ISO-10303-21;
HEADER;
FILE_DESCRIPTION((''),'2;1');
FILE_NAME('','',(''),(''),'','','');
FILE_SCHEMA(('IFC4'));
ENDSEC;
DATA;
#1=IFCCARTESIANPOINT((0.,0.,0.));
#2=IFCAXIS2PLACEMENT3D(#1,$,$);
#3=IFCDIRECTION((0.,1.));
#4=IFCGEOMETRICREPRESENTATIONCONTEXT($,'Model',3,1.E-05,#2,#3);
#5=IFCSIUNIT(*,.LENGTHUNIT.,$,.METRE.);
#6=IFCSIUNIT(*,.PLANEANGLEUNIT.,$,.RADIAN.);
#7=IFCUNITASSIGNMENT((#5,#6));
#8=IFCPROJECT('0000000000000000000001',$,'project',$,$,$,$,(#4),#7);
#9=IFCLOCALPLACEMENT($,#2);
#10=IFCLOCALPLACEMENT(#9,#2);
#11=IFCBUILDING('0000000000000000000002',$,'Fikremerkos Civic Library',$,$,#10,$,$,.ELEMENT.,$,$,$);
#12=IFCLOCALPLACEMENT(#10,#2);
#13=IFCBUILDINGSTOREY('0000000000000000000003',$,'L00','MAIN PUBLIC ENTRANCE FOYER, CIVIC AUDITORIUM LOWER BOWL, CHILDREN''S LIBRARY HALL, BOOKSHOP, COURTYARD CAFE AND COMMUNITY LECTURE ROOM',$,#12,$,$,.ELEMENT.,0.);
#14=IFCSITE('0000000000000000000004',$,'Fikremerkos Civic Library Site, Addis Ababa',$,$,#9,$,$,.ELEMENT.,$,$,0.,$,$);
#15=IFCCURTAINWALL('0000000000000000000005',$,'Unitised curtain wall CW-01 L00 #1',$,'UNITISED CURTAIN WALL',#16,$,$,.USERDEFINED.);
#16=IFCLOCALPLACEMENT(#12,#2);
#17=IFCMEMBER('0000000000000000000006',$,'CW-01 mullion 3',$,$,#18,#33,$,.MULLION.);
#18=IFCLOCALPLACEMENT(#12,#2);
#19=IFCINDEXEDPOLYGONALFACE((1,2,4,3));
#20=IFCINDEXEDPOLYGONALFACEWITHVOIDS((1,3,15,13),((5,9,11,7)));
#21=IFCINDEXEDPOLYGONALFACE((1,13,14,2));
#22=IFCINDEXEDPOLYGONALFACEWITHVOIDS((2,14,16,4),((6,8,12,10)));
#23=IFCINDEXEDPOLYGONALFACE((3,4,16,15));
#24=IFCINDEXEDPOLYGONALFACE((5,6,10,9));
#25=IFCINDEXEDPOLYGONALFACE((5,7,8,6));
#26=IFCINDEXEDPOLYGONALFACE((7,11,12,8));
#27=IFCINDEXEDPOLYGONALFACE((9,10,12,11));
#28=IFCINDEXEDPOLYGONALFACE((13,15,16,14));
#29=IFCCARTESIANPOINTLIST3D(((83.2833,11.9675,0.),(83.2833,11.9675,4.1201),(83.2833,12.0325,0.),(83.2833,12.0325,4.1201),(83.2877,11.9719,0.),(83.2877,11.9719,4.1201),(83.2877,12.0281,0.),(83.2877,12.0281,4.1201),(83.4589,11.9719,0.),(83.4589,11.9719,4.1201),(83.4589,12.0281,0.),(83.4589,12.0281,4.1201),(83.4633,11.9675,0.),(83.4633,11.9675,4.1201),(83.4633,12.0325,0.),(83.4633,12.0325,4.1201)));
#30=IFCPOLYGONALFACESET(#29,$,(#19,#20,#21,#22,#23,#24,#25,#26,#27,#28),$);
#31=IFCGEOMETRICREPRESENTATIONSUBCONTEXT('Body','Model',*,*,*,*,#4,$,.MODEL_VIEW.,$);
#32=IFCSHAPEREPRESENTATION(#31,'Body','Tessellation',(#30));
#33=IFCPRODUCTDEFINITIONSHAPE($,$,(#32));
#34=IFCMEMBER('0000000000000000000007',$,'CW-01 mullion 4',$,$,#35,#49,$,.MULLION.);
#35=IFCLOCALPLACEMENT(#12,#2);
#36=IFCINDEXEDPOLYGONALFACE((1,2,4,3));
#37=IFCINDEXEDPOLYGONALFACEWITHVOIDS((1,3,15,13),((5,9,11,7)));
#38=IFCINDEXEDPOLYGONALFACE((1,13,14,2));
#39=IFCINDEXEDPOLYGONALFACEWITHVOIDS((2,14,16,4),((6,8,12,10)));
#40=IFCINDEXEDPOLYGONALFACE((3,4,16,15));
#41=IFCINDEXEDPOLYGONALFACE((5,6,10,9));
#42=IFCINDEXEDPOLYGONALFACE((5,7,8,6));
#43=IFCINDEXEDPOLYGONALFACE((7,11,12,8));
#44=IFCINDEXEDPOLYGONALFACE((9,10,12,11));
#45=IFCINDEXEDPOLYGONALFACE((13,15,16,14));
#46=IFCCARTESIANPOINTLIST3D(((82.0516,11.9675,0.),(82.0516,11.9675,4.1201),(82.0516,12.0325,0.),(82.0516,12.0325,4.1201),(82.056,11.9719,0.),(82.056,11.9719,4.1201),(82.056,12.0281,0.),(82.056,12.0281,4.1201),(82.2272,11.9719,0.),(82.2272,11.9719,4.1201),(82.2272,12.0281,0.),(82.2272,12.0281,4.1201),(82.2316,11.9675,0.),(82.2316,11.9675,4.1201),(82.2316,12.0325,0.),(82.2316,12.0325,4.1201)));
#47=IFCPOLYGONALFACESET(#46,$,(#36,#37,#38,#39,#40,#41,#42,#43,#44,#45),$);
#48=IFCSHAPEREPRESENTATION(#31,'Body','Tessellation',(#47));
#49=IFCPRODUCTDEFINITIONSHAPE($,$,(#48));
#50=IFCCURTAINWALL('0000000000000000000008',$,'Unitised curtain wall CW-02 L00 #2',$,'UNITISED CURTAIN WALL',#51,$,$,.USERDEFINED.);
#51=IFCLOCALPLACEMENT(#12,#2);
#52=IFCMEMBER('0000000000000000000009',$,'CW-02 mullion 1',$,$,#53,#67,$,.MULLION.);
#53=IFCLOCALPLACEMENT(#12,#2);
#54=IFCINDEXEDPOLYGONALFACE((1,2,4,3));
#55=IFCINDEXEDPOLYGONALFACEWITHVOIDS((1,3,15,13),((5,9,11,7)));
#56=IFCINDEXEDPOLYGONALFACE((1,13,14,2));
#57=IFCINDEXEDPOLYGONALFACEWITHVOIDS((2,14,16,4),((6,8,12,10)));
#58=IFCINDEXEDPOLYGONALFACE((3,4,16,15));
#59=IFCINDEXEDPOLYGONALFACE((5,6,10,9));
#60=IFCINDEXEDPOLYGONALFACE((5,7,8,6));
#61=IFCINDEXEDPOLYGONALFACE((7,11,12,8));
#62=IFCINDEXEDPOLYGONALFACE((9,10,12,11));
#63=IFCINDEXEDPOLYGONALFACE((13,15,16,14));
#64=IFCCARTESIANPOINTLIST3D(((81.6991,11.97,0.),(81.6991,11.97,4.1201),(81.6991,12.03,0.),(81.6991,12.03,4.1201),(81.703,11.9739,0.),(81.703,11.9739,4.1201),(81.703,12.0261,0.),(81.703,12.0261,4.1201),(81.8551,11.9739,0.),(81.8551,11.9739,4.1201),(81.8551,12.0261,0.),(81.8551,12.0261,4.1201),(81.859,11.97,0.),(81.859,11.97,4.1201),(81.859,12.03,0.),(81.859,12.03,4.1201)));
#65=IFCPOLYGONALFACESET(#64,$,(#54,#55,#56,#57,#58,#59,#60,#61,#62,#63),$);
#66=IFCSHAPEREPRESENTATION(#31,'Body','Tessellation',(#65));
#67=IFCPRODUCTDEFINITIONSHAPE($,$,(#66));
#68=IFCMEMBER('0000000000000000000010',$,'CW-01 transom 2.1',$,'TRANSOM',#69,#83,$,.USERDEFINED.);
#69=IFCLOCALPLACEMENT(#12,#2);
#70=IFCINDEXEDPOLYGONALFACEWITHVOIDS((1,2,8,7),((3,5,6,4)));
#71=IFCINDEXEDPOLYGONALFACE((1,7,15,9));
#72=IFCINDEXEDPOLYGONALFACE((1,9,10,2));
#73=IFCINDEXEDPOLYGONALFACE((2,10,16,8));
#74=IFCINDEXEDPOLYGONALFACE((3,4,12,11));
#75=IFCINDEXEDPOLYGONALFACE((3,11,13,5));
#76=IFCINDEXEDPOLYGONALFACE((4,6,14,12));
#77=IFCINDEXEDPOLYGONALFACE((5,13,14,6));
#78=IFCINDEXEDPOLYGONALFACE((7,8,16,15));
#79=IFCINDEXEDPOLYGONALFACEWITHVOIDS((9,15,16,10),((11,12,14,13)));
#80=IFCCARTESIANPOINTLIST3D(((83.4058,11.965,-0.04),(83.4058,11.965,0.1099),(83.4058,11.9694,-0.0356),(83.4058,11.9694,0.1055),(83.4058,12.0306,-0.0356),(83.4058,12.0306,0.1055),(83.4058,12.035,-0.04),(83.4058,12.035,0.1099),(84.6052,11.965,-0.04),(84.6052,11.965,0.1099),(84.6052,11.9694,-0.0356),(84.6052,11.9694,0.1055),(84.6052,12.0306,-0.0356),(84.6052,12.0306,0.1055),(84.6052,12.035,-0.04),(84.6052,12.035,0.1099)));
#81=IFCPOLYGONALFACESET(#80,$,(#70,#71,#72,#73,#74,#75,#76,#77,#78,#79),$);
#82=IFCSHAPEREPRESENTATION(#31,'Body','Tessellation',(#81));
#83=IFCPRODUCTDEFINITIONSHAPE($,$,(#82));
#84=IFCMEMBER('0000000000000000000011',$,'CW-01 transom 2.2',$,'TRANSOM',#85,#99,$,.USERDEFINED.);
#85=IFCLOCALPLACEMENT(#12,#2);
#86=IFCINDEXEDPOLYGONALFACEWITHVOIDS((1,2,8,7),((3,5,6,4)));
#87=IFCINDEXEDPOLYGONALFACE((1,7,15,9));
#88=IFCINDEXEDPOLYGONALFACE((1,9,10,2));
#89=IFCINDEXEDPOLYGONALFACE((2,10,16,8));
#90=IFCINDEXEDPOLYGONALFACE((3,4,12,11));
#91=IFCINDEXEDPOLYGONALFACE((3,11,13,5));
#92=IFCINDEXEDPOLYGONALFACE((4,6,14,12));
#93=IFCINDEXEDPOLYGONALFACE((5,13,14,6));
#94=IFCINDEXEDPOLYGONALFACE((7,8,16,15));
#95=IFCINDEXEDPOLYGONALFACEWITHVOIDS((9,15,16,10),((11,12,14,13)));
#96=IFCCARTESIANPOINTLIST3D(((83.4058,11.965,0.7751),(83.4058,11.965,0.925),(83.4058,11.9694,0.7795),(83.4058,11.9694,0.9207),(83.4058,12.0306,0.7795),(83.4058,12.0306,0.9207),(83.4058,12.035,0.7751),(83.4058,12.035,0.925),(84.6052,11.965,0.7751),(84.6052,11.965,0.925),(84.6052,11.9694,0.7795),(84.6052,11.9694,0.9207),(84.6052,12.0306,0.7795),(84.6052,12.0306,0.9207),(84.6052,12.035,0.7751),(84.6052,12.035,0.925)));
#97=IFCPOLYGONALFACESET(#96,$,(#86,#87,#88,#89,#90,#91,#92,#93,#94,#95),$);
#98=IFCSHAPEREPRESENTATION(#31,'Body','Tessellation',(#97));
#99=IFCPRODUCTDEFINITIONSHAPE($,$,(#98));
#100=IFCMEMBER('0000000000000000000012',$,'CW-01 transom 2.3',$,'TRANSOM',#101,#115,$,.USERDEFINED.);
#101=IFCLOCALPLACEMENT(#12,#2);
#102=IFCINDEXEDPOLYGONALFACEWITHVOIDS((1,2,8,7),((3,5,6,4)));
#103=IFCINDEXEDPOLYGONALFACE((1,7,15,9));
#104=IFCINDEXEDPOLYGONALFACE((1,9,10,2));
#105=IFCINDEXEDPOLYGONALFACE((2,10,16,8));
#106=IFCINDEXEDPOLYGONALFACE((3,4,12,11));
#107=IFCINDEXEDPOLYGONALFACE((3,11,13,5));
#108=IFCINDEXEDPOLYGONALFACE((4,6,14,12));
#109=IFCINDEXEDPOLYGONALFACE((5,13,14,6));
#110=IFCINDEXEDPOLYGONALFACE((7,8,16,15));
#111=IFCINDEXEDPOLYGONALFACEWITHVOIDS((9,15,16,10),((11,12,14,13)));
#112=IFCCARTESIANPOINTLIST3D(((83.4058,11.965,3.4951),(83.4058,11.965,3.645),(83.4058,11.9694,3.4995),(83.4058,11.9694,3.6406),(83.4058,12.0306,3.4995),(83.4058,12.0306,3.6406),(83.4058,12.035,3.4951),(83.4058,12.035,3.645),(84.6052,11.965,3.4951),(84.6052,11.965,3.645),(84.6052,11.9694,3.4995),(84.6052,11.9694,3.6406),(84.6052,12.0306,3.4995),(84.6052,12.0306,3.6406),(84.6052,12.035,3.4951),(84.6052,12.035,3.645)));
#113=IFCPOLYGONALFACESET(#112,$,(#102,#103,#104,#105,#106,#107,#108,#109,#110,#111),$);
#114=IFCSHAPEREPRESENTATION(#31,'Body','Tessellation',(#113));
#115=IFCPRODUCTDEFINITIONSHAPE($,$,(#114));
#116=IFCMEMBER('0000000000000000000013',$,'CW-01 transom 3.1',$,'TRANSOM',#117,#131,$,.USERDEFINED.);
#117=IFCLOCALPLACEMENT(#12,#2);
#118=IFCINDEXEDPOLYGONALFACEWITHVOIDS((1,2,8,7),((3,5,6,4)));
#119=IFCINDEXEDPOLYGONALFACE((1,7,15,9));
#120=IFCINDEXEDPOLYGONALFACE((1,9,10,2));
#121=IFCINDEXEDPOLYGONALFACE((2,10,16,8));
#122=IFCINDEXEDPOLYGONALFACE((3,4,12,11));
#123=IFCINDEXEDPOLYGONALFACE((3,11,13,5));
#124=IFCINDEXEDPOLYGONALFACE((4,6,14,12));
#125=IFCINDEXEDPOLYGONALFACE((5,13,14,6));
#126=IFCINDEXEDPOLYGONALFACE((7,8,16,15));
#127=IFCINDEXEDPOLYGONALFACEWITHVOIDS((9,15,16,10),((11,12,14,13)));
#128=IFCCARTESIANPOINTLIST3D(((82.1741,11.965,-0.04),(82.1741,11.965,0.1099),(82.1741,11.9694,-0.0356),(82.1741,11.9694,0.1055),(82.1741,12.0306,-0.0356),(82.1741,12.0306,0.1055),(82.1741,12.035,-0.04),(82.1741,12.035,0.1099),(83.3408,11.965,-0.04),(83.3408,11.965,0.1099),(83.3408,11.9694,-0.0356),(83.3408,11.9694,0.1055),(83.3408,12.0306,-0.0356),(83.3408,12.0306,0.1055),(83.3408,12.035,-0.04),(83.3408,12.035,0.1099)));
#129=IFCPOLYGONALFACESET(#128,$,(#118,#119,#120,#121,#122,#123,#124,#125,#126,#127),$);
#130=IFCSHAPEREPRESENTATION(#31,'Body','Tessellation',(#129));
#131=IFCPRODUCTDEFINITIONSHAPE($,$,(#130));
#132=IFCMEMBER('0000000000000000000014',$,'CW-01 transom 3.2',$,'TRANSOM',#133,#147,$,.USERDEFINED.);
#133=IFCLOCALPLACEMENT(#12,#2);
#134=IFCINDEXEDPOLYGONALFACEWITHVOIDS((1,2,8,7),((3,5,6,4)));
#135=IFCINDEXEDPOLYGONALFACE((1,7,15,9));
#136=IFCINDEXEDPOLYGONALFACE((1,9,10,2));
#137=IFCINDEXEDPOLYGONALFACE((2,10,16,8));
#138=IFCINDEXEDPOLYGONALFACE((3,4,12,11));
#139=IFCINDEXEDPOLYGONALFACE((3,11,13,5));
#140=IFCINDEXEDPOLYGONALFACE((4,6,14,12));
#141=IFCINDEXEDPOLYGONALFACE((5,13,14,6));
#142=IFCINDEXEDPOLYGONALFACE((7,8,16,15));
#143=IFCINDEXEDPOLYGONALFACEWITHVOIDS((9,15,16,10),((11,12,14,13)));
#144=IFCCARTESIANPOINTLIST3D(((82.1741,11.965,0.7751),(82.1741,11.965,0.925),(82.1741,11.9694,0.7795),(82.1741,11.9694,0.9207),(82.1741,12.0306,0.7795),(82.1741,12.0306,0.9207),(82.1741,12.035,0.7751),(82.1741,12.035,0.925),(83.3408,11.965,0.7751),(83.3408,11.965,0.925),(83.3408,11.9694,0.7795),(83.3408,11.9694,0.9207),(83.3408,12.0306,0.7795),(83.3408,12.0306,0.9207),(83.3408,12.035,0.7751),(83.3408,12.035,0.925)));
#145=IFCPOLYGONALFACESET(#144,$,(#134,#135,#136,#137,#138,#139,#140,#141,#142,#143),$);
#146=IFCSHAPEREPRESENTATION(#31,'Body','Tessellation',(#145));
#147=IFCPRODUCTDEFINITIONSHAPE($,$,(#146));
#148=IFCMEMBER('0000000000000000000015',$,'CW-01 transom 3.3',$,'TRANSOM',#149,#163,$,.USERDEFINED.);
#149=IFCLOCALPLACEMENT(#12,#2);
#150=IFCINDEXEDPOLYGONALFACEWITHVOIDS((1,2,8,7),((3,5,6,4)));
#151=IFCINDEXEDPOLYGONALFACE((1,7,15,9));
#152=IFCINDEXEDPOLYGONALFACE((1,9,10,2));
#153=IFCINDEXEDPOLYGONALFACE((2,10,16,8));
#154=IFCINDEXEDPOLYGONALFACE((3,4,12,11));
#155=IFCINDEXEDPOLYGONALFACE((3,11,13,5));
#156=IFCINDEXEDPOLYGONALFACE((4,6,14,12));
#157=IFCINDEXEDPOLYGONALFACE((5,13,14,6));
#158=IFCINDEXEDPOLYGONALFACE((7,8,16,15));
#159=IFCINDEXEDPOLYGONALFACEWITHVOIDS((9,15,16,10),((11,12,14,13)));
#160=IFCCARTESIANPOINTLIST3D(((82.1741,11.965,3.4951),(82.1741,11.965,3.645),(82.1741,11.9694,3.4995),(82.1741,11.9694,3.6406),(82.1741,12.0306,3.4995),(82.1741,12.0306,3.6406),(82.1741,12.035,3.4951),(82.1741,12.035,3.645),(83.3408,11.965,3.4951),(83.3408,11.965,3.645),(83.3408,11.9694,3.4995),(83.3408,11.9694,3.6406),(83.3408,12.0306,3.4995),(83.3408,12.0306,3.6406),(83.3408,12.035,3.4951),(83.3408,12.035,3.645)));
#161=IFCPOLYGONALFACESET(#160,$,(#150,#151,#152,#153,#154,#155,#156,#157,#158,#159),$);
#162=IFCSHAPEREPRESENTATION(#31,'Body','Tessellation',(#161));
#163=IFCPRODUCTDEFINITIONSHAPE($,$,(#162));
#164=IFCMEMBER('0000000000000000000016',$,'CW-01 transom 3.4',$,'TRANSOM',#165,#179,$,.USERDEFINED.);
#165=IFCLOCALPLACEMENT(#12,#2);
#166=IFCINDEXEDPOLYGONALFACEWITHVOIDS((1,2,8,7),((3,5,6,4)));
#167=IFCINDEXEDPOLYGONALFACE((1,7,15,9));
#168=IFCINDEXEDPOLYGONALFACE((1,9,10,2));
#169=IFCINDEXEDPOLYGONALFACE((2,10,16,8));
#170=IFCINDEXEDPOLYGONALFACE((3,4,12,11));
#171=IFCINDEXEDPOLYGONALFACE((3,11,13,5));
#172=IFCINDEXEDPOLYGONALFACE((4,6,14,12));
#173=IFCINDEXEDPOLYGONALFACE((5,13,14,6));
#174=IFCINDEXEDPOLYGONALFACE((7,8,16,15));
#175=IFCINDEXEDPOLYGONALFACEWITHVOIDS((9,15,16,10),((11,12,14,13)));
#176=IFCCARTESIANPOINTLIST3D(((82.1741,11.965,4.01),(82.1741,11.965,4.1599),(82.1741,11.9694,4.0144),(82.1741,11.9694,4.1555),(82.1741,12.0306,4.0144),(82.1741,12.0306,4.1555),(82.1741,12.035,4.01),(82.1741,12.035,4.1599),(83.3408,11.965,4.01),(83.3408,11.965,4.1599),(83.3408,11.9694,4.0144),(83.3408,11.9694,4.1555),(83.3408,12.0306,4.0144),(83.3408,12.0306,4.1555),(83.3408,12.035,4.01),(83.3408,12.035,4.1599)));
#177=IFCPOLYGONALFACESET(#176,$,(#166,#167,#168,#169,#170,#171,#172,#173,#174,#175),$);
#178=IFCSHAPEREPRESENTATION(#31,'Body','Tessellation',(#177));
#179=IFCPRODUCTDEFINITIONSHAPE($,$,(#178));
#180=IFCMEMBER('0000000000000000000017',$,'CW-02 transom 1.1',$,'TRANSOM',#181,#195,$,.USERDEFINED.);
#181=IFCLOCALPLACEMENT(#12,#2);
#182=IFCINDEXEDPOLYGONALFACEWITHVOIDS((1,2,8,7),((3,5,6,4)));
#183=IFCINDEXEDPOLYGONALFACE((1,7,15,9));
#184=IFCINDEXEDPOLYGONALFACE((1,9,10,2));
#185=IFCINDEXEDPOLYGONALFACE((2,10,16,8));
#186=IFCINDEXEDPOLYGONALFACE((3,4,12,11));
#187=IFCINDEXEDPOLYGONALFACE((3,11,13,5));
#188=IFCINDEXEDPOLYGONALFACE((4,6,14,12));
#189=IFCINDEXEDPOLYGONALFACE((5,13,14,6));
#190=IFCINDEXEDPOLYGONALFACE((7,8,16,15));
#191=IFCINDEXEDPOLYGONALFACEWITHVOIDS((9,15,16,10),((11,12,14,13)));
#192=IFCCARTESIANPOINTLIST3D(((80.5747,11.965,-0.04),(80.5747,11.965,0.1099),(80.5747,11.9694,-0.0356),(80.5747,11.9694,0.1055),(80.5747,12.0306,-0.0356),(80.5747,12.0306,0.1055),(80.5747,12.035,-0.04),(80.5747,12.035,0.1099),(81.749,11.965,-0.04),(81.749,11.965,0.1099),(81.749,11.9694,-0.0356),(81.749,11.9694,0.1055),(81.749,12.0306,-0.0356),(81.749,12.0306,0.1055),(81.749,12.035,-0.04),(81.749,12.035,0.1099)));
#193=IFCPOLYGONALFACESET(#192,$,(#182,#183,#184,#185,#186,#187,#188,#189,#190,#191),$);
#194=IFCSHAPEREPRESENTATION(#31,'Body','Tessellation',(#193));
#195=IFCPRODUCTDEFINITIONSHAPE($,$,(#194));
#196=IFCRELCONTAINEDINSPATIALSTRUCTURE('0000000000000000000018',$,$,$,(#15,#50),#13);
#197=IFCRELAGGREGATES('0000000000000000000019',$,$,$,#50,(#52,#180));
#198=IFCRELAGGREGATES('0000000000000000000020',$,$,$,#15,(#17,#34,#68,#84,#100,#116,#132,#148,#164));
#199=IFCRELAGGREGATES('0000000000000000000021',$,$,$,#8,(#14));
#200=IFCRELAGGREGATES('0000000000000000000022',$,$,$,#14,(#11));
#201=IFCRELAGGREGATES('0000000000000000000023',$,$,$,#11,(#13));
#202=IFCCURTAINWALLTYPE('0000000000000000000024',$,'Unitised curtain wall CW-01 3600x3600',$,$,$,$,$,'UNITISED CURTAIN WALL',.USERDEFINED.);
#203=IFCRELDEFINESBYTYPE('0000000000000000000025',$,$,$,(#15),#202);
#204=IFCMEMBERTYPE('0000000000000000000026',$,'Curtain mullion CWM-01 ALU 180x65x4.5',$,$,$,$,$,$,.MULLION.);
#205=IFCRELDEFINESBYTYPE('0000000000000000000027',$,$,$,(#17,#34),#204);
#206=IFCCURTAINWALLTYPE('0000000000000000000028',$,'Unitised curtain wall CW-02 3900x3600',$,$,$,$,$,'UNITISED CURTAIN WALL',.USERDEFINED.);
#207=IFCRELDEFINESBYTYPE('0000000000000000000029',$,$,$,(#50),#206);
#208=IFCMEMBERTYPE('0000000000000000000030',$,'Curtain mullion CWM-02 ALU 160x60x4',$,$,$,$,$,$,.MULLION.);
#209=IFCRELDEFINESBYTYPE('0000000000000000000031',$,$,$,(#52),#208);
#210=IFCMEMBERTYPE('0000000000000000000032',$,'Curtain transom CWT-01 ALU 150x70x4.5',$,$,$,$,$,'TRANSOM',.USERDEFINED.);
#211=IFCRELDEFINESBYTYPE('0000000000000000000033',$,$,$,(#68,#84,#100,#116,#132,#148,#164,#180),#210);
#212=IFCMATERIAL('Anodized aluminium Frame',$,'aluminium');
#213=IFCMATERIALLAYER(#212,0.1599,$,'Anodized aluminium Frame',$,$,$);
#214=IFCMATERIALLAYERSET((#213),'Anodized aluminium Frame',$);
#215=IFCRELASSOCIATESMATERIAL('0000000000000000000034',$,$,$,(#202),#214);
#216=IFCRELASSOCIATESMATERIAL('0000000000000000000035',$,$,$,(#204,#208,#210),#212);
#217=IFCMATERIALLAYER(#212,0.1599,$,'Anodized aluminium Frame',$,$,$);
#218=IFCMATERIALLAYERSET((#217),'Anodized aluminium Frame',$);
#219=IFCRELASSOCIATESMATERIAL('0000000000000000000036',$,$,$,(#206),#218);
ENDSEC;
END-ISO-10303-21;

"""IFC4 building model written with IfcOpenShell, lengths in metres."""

from ifc_helpers import new_model, si_unit, direction, frame, origin, origin_2d, place, context, subcontext, project, spatial, hollow_rectangle, extrude, material, layer, layer_set, material_profile, profile_set, type_object, element, aggregate, save


model = new_model("IFC4")

# Units and contexts
model_context = context("Model", 3, precision=1e-05, world=origin(), true_north=direction((0.0, 1.0)))
body_context = subcontext(model_context, "Body", "Model", "MODEL_VIEW")
ifc_project = project(units=[si_unit("LENGTHUNIT", "METRE"), si_unit("PLANEANGLEUNIT", "RADIAN")], contexts=[model_context])

# Site, building, storey
site_placement = place(None, origin())
site = spatial("IfcSite", under=ifc_project, at=site_placement, Name="Fikremerkos Civic Library Site, Addis Ababa", CompositionType="ELEMENT", RefElevation=0.0)
building_placement = place(site_placement, origin())
building = spatial("IfcBuilding", under=site, at=building_placement, Name="Fikremerkos Civic Library", CompositionType="ELEMENT")
storey_placement = place(building_placement, origin())
storey = spatial("IfcBuildingStorey", under=building, at=storey_placement, Name="L00", Description="MAIN PUBLIC ENTRANCE FOYER, CIVIC AUDITORIUM LOWER BOWL, CHILDREN'S LIBRARY HALL, BOOKSHOP, COURTYARD CAFE AND COMMUNITY LECTURE ROOM", CompositionType="ELEMENT", Elevation=0.0)

# Curtain wall, members
ifc_material_1 = material(Name="Anodized aluminium Frame", Category="aluminium")
ifc_layer_1 = layer(ifc_material_1, 0.1599, Name="Anodized aluminium Frame")
ifc_layer_set_1 = layer_set([ifc_layer_1], Name="Anodized aluminium Frame")
curtain_wall_type_1 = type_object("IfcCurtainWallType", Name="Unitised curtain wall CW-01 3600x3600", ElementType="UNITISED CURTAIN WALL", PredefinedType="USERDEFINED", material=ifc_layer_set_1)
curtain_wall_1_placement = place(storey_placement, origin())
curtain_wall_1 = element("IfcCurtainWall", 1, at=curtain_wall_1_placement, inside=storey, type_object=curtain_wall_type_1, Name="Unitised curtain wall CW-01 L00 #1", ObjectType="UNITISED CURTAIN WALL", PredefinedType="USERDEFINED")
ifc_material_profile_1 = material_profile(ifc_material_1, hollow_rectangle(XDim=0.0649, YDim=0.1799, WallThickness=0.0044, at=origin_2d()), Name="ALU 180x65x4.5")
ifc_profile_set_1 = profile_set([ifc_material_profile_1], Name="Anodized aluminium Frame")
member_type_1 = type_object("IfcMemberType", Name="Curtain mullion CWM-01 ALU 180x65x4.5", PredefinedType="MULLION", material=ifc_profile_set_1)
member_1_placement = place(storey_placement, frame((83.3733, 12.0, 0.0), z_axis=(0.0, 0.0, 1.0), x_axis=(0.0, -1.0, 0.0)))
member_1 = element("IfcMember", 2, at=member_1_placement, type_object=member_type_1, Name="CW-01 mullion 3", PredefinedType="MULLION", context=body_context, shape_type="SweptSolid", body=[
    extrude(hollow_rectangle(XDim=0.0649, YDim=0.1799, WallThickness=0.0044, at=origin_2d()), origin(), (0.0, 0.0, 1.0), 4.1201),
])
member_2_placement = place(storey_placement, frame((82.1416, 12.0, 0.0), z_axis=(0.0, 0.0, 1.0), x_axis=(0.0, -1.0, 0.0)))
member_2 = element("IfcMember", 3, at=member_2_placement, type_object=member_type_1, Name="CW-01 mullion 4", PredefinedType="MULLION", context=body_context, shape_type="SweptSolid", body=[
    extrude(hollow_rectangle(XDim=0.0649, YDim=0.1799, WallThickness=0.0044, at=origin_2d()), origin(), (0.0, 0.0, 1.0), 4.1201),
])

# Curtain wall, member
ifc_layer_2 = layer(ifc_material_1, 0.1599, Name="Anodized aluminium Frame")
ifc_layer_set_2 = layer_set([ifc_layer_2], Name="Anodized aluminium Frame")
curtain_wall_type_2 = type_object("IfcCurtainWallType", Name="Unitised curtain wall CW-02 3900x3600", ElementType="UNITISED CURTAIN WALL", PredefinedType="USERDEFINED", material=ifc_layer_set_2)
curtain_wall_2_placement = place(storey_placement, origin())
curtain_wall_2 = element("IfcCurtainWall", 4, at=curtain_wall_2_placement, inside=storey, type_object=curtain_wall_type_2, Name="Unitised curtain wall CW-02 L00 #2", ObjectType="UNITISED CURTAIN WALL", PredefinedType="USERDEFINED")
ifc_material_profile_2 = material_profile(ifc_material_1, hollow_rectangle(XDim=0.0601, YDim=0.1599, WallThickness=0.0039, at=origin_2d()), Name="ALU 160x60x4")
ifc_profile_set_2 = profile_set([ifc_material_profile_2], Name="Anodized aluminium Frame")
member_type_2 = type_object("IfcMemberType", Name="Curtain mullion CWM-02 ALU 160x60x4", PredefinedType="MULLION", material=ifc_profile_set_2)
member_3_placement = place(storey_placement, frame((81.7791, 12.0, 0.0), z_axis=(0.0, 0.0, 1.0), x_axis=(0.0, -1.0, 0.0)))
member_3 = element("IfcMember", 5, at=member_3_placement, type_object=member_type_2, Name="CW-02 mullion 1", PredefinedType="MULLION", context=body_context, shape_type="SweptSolid", body=[
    extrude(hollow_rectangle(XDim=0.0601, YDim=0.1599, WallThickness=0.0039, at=origin_2d()), origin(), (0.0, 0.0, 1.0), 4.1201),
])

# Members
ifc_material_profile_3 = material_profile(ifc_material_1, hollow_rectangle(XDim=0.0701, YDim=0.1499, WallThickness=0.0044, at=origin_2d()), Name="ALU 150x70x4.5")
ifc_profile_set_3 = profile_set([ifc_material_profile_3], Name="Anodized aluminium Frame")
member_type_3 = type_object("IfcMemberType", Name="Curtain transom CWT-01 ALU 150x70x4.5", ElementType="TRANSOM", PredefinedType="USERDEFINED", material=ifc_profile_set_3)
member_4_placement = place(storey_placement, frame((84.6052, 12.0, 0.0349), z_axis=(-1.0, 0.0, 0.0), x_axis=(0.0, -1.0, 0.0)))
member_4 = element("IfcMember", 6, at=member_4_placement, type_object=member_type_3, Name="CW-01 transom 2.1", ObjectType="TRANSOM", PredefinedType="USERDEFINED", context=body_context, shape_type="SweptSolid", body=[
    extrude(hollow_rectangle(XDim=0.0701, YDim=0.1499, WallThickness=0.0044, at=origin_2d()), origin(), (0.0, 0.0, 1.0), 1.1995),
])
member_5_placement = place(storey_placement, frame((84.6052, 12.0, 0.8501), z_axis=(-1.0, 0.0, 0.0), x_axis=(0.0, -1.0, 0.0)))
member_5 = element("IfcMember", 7, at=member_5_placement, type_object=member_type_3, Name="CW-01 transom 2.2", ObjectType="TRANSOM", PredefinedType="USERDEFINED", context=body_context, shape_type="SweptSolid", body=[
    extrude(hollow_rectangle(XDim=0.0701, YDim=0.1499, WallThickness=0.0044, at=origin_2d()), origin(), (0.0, 0.0, 1.0), 1.1995),
])
member_6_placement = place(storey_placement, frame((84.6052, 12.0, 3.5701), z_axis=(-1.0, 0.0, 0.0), x_axis=(0.0, -1.0, 0.0)))
member_6 = element("IfcMember", 8, at=member_6_placement, type_object=member_type_3, Name="CW-01 transom 2.3", ObjectType="TRANSOM", PredefinedType="USERDEFINED", context=body_context, shape_type="SweptSolid", body=[
    extrude(hollow_rectangle(XDim=0.0701, YDim=0.1499, WallThickness=0.0044, at=origin_2d()), origin(), (0.0, 0.0, 1.0), 1.1995),
])
member_7_placement = place(storey_placement, frame((83.3408, 12.0, 0.0349), z_axis=(-1.0, 0.0, 0.0), x_axis=(0.0, -1.0, 0.0)))
member_7 = element("IfcMember", 9, at=member_7_placement, type_object=member_type_3, Name="CW-01 transom 3.1", ObjectType="TRANSOM", PredefinedType="USERDEFINED", context=body_context, shape_type="SweptSolid", body=[
    extrude(hollow_rectangle(XDim=0.0701, YDim=0.1499, WallThickness=0.0044, at=origin_2d()), origin(), (0.0, 0.0, 1.0), 1.1667),
])
member_8_placement = place(storey_placement, frame((83.3408, 12.0, 0.8501), z_axis=(-1.0, 0.0, 0.0), x_axis=(0.0, -1.0, 0.0)))
member_8 = element("IfcMember", 10, at=member_8_placement, type_object=member_type_3, Name="CW-01 transom 3.2", ObjectType="TRANSOM", PredefinedType="USERDEFINED", context=body_context, shape_type="SweptSolid", body=[
    extrude(hollow_rectangle(XDim=0.0701, YDim=0.1499, WallThickness=0.0044, at=origin_2d()), origin(), (0.0, 0.0, 1.0), 1.1667),
])
member_9_placement = place(storey_placement, frame((83.3408, 12.0, 3.5701), z_axis=(-1.0, 0.0, 0.0), x_axis=(0.0, -1.0, 0.0)))
member_9 = element("IfcMember", 11, at=member_9_placement, type_object=member_type_3, Name="CW-01 transom 3.3", ObjectType="TRANSOM", PredefinedType="USERDEFINED", context=body_context, shape_type="SweptSolid", body=[
    extrude(hollow_rectangle(XDim=0.0701, YDim=0.1499, WallThickness=0.0044, at=origin_2d()), origin(), (0.0, 0.0, 1.0), 1.1667),
])
member_10_placement = place(storey_placement, frame((83.3408, 12.0, 4.085), z_axis=(-1.0, 0.0, 0.0), x_axis=(0.0, -1.0, 0.0)))
member_10 = element("IfcMember", 12, at=member_10_placement, type_object=member_type_3, Name="CW-01 transom 3.4", ObjectType="TRANSOM", PredefinedType="USERDEFINED", context=body_context, shape_type="SweptSolid", body=[
    extrude(hollow_rectangle(XDim=0.0701, YDim=0.1499, WallThickness=0.0044, at=origin_2d()), origin(), (0.0, 0.0, 1.0), 1.1667),
])
member_11_placement = place(storey_placement, frame((81.749, 12.0, 0.0349), z_axis=(-1.0, 0.0, 0.0), x_axis=(0.0, -1.0, 0.0)))
member_11 = element("IfcMember", 13, at=member_11_placement, type_object=member_type_3, Name="CW-02 transom 1.1", ObjectType="TRANSOM", PredefinedType="USERDEFINED", context=body_context, shape_type="SweptSolid", body=[
    extrude(hollow_rectangle(XDim=0.0701, YDim=0.1499, WallThickness=0.0044, at=origin_2d()), origin(), (0.0, 0.0, 1.0), 1.1743),
])
aggregate(curtain_wall_2, [member_3, member_11])

aggregate(curtain_wall_1, [member_1, member_2, member_4, member_5, member_6, member_7, member_8, member_9, member_10])

save(model, "model.ifc")
